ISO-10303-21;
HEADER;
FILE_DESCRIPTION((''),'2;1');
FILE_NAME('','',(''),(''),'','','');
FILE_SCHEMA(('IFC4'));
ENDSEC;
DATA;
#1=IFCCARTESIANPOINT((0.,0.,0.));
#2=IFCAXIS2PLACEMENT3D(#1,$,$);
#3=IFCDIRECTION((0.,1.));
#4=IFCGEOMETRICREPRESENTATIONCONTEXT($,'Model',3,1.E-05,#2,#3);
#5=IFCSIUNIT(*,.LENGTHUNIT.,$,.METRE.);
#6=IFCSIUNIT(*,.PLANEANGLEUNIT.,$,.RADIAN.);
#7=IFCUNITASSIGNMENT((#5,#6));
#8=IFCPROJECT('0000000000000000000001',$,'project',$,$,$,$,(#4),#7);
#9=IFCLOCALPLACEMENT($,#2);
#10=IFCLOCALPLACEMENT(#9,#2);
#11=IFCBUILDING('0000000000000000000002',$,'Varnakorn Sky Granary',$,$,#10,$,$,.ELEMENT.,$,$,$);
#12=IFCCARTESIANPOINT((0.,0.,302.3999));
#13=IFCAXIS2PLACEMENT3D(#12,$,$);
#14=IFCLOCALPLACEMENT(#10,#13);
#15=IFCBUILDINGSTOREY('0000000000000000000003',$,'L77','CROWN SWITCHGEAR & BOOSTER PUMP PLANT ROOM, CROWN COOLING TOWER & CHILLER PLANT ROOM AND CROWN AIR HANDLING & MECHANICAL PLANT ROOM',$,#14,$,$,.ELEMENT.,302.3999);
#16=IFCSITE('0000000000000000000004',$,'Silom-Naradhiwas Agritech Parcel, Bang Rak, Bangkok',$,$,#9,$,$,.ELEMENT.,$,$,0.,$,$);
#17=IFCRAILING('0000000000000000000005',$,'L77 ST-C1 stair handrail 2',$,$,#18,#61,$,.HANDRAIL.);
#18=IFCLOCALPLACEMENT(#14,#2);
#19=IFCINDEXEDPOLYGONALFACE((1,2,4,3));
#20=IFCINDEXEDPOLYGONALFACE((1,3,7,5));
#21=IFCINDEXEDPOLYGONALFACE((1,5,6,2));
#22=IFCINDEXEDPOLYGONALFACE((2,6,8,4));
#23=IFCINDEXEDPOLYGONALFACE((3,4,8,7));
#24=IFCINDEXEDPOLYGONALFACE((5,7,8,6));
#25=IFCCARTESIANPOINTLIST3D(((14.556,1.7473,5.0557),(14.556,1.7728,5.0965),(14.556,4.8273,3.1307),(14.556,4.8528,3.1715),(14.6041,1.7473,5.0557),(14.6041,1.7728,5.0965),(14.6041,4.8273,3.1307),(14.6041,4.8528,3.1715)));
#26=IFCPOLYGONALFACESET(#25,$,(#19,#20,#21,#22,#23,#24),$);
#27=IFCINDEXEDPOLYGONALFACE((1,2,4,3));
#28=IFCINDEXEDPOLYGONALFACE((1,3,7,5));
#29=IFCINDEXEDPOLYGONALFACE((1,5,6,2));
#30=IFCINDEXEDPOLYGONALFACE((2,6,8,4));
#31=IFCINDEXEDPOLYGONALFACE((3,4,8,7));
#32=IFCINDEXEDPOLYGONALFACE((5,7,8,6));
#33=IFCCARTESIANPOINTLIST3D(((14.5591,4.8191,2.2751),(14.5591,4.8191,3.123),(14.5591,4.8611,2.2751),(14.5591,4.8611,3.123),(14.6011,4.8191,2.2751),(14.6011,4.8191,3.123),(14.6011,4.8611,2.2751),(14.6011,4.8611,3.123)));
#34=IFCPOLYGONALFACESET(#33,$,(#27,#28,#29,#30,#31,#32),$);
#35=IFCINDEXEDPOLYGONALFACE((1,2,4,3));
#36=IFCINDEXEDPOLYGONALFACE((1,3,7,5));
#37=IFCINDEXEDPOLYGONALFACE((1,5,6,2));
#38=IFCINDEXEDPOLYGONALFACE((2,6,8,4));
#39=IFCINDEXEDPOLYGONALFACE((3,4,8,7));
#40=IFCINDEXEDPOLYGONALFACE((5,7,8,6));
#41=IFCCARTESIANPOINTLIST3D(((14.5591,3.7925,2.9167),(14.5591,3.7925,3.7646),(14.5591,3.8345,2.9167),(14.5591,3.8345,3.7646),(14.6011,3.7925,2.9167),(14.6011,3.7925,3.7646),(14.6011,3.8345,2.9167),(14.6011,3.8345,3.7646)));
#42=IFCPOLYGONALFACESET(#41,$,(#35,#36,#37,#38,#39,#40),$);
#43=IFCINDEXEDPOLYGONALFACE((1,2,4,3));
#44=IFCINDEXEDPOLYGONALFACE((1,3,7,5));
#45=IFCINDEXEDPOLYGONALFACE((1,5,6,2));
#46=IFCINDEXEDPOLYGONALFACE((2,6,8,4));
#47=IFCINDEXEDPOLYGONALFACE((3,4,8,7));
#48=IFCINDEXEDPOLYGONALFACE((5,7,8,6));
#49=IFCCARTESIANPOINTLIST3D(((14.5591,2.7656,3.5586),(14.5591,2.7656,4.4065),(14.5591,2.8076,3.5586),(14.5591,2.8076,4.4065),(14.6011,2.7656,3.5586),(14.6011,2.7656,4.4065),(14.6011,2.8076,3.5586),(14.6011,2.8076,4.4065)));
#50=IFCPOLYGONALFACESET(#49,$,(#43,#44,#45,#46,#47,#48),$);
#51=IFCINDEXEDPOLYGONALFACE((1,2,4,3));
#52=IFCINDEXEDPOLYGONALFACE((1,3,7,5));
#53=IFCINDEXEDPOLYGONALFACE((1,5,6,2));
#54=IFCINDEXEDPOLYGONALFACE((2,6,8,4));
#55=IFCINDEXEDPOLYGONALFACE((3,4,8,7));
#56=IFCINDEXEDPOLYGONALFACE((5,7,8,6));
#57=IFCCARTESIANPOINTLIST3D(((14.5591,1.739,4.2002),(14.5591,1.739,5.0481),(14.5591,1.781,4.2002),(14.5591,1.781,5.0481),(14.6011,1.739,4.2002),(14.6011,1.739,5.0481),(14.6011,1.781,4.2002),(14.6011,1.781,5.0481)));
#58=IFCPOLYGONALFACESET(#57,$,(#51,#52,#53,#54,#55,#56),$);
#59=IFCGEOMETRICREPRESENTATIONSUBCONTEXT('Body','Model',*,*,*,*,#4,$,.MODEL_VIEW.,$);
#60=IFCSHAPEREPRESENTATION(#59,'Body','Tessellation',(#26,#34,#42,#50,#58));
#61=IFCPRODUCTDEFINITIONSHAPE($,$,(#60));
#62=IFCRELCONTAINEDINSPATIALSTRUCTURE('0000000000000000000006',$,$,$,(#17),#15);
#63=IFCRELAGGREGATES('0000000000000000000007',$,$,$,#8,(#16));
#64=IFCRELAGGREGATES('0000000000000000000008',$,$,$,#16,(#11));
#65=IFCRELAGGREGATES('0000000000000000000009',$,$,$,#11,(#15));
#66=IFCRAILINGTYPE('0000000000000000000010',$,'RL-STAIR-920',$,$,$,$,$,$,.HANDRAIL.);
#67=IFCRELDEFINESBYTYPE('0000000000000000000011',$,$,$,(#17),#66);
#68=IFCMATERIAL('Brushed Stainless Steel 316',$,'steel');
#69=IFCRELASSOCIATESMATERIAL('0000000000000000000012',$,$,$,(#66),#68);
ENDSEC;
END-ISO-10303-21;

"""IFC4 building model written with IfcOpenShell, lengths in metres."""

from ifc_helpers import new_model, si_unit, direction, frame, origin, origin_2d, place, context, subcontext, project, spatial, rectangle, extrude, material, type_object, element, save


model = new_model("IFC4")

# Units and contexts
model_context = context("Model", 3, precision=1e-05, world=origin(), true_north=direction((0.0, 1.0)))
body_context = subcontext(model_context, "Body", "Model", "MODEL_VIEW")
ifc_project = project(units=[si_unit("LENGTHUNIT", "METRE"), si_unit("PLANEANGLEUNIT", "RADIAN")], contexts=[model_context])

# Site, building, storey
site_placement = place(None, origin())
site = spatial("IfcSite", under=ifc_project, at=site_placement, Name="Silom-Naradhiwas Agritech Parcel, Bang Rak, Bangkok", CompositionType="ELEMENT", RefElevation=0.0)
building_placement = place(site_placement, origin())
building = spatial("IfcBuilding", under=site, at=building_placement, Name="Varnakorn Sky Granary", CompositionType="ELEMENT")
storey_placement = place(building_placement, frame((0.0, 0.0, 302.3999)))
storey = spatial("IfcBuildingStorey", under=building, at=storey_placement, Name="L77", Description="CROWN SWITCHGEAR & BOOSTER PUMP PLANT ROOM, CROWN COOLING TOWER & CHILLER PLANT ROOM AND CROWN AIR HANDLING & MECHANICAL PLANT ROOM", CompositionType="ELEMENT", Elevation=302.3999)

# Railing
ifc_material_1 = material(Name="Brushed Stainless Steel 316", Category="steel")
railing_type_1 = type_object("IfcRailingType", Name="RL-STAIR-920", PredefinedType="HANDRAIL", material=ifc_material_1)
railing_1_placement = place(storey_placement, frame((14.5801, 4.8401, 2.2751)))
element("IfcRailing", 1, at=railing_1_placement, inside=storey, type_object=railing_type_1, Name="L77 ST-C1 stair handrail 2", PredefinedType="HANDRAIL", context=body_context, shape_type="SweptSolid", body=[
    extrude(rectangle(XDim=0.0481, YDim=0.0481, at=origin_2d()), frame((0.0, 0.0, 0.876), z_axis=(0.0, -0.847998, 0.529999), x_axis=(1.0, 0.0, 0.0)), (0.0, 0.0, 1.0), 3.6321),
    extrude(rectangle(XDim=0.042, YDim=0.042, at=origin_2d()), origin(), (0.0, 0.0, 1.0), 0.8479),
    extrude(rectangle(XDim=0.042, YDim=0.042, at=origin_2d()), frame((0.0, -1.0266, 0.6416)), (0.0, 0.0, 1.0), 0.8479),
    extrude(rectangle(XDim=0.042, YDim=0.042, at=origin_2d()), frame((0.0, -2.0535, 1.2834)), (0.0, 0.0, 1.0), 0.8479),
    extrude(rectangle(XDim=0.042, YDim=0.042, at=origin_2d()), frame((0.0, -3.0801, 1.925)), (0.0, 0.0, 1.0), 0.8479),
])

save(model, "model.ifc")
